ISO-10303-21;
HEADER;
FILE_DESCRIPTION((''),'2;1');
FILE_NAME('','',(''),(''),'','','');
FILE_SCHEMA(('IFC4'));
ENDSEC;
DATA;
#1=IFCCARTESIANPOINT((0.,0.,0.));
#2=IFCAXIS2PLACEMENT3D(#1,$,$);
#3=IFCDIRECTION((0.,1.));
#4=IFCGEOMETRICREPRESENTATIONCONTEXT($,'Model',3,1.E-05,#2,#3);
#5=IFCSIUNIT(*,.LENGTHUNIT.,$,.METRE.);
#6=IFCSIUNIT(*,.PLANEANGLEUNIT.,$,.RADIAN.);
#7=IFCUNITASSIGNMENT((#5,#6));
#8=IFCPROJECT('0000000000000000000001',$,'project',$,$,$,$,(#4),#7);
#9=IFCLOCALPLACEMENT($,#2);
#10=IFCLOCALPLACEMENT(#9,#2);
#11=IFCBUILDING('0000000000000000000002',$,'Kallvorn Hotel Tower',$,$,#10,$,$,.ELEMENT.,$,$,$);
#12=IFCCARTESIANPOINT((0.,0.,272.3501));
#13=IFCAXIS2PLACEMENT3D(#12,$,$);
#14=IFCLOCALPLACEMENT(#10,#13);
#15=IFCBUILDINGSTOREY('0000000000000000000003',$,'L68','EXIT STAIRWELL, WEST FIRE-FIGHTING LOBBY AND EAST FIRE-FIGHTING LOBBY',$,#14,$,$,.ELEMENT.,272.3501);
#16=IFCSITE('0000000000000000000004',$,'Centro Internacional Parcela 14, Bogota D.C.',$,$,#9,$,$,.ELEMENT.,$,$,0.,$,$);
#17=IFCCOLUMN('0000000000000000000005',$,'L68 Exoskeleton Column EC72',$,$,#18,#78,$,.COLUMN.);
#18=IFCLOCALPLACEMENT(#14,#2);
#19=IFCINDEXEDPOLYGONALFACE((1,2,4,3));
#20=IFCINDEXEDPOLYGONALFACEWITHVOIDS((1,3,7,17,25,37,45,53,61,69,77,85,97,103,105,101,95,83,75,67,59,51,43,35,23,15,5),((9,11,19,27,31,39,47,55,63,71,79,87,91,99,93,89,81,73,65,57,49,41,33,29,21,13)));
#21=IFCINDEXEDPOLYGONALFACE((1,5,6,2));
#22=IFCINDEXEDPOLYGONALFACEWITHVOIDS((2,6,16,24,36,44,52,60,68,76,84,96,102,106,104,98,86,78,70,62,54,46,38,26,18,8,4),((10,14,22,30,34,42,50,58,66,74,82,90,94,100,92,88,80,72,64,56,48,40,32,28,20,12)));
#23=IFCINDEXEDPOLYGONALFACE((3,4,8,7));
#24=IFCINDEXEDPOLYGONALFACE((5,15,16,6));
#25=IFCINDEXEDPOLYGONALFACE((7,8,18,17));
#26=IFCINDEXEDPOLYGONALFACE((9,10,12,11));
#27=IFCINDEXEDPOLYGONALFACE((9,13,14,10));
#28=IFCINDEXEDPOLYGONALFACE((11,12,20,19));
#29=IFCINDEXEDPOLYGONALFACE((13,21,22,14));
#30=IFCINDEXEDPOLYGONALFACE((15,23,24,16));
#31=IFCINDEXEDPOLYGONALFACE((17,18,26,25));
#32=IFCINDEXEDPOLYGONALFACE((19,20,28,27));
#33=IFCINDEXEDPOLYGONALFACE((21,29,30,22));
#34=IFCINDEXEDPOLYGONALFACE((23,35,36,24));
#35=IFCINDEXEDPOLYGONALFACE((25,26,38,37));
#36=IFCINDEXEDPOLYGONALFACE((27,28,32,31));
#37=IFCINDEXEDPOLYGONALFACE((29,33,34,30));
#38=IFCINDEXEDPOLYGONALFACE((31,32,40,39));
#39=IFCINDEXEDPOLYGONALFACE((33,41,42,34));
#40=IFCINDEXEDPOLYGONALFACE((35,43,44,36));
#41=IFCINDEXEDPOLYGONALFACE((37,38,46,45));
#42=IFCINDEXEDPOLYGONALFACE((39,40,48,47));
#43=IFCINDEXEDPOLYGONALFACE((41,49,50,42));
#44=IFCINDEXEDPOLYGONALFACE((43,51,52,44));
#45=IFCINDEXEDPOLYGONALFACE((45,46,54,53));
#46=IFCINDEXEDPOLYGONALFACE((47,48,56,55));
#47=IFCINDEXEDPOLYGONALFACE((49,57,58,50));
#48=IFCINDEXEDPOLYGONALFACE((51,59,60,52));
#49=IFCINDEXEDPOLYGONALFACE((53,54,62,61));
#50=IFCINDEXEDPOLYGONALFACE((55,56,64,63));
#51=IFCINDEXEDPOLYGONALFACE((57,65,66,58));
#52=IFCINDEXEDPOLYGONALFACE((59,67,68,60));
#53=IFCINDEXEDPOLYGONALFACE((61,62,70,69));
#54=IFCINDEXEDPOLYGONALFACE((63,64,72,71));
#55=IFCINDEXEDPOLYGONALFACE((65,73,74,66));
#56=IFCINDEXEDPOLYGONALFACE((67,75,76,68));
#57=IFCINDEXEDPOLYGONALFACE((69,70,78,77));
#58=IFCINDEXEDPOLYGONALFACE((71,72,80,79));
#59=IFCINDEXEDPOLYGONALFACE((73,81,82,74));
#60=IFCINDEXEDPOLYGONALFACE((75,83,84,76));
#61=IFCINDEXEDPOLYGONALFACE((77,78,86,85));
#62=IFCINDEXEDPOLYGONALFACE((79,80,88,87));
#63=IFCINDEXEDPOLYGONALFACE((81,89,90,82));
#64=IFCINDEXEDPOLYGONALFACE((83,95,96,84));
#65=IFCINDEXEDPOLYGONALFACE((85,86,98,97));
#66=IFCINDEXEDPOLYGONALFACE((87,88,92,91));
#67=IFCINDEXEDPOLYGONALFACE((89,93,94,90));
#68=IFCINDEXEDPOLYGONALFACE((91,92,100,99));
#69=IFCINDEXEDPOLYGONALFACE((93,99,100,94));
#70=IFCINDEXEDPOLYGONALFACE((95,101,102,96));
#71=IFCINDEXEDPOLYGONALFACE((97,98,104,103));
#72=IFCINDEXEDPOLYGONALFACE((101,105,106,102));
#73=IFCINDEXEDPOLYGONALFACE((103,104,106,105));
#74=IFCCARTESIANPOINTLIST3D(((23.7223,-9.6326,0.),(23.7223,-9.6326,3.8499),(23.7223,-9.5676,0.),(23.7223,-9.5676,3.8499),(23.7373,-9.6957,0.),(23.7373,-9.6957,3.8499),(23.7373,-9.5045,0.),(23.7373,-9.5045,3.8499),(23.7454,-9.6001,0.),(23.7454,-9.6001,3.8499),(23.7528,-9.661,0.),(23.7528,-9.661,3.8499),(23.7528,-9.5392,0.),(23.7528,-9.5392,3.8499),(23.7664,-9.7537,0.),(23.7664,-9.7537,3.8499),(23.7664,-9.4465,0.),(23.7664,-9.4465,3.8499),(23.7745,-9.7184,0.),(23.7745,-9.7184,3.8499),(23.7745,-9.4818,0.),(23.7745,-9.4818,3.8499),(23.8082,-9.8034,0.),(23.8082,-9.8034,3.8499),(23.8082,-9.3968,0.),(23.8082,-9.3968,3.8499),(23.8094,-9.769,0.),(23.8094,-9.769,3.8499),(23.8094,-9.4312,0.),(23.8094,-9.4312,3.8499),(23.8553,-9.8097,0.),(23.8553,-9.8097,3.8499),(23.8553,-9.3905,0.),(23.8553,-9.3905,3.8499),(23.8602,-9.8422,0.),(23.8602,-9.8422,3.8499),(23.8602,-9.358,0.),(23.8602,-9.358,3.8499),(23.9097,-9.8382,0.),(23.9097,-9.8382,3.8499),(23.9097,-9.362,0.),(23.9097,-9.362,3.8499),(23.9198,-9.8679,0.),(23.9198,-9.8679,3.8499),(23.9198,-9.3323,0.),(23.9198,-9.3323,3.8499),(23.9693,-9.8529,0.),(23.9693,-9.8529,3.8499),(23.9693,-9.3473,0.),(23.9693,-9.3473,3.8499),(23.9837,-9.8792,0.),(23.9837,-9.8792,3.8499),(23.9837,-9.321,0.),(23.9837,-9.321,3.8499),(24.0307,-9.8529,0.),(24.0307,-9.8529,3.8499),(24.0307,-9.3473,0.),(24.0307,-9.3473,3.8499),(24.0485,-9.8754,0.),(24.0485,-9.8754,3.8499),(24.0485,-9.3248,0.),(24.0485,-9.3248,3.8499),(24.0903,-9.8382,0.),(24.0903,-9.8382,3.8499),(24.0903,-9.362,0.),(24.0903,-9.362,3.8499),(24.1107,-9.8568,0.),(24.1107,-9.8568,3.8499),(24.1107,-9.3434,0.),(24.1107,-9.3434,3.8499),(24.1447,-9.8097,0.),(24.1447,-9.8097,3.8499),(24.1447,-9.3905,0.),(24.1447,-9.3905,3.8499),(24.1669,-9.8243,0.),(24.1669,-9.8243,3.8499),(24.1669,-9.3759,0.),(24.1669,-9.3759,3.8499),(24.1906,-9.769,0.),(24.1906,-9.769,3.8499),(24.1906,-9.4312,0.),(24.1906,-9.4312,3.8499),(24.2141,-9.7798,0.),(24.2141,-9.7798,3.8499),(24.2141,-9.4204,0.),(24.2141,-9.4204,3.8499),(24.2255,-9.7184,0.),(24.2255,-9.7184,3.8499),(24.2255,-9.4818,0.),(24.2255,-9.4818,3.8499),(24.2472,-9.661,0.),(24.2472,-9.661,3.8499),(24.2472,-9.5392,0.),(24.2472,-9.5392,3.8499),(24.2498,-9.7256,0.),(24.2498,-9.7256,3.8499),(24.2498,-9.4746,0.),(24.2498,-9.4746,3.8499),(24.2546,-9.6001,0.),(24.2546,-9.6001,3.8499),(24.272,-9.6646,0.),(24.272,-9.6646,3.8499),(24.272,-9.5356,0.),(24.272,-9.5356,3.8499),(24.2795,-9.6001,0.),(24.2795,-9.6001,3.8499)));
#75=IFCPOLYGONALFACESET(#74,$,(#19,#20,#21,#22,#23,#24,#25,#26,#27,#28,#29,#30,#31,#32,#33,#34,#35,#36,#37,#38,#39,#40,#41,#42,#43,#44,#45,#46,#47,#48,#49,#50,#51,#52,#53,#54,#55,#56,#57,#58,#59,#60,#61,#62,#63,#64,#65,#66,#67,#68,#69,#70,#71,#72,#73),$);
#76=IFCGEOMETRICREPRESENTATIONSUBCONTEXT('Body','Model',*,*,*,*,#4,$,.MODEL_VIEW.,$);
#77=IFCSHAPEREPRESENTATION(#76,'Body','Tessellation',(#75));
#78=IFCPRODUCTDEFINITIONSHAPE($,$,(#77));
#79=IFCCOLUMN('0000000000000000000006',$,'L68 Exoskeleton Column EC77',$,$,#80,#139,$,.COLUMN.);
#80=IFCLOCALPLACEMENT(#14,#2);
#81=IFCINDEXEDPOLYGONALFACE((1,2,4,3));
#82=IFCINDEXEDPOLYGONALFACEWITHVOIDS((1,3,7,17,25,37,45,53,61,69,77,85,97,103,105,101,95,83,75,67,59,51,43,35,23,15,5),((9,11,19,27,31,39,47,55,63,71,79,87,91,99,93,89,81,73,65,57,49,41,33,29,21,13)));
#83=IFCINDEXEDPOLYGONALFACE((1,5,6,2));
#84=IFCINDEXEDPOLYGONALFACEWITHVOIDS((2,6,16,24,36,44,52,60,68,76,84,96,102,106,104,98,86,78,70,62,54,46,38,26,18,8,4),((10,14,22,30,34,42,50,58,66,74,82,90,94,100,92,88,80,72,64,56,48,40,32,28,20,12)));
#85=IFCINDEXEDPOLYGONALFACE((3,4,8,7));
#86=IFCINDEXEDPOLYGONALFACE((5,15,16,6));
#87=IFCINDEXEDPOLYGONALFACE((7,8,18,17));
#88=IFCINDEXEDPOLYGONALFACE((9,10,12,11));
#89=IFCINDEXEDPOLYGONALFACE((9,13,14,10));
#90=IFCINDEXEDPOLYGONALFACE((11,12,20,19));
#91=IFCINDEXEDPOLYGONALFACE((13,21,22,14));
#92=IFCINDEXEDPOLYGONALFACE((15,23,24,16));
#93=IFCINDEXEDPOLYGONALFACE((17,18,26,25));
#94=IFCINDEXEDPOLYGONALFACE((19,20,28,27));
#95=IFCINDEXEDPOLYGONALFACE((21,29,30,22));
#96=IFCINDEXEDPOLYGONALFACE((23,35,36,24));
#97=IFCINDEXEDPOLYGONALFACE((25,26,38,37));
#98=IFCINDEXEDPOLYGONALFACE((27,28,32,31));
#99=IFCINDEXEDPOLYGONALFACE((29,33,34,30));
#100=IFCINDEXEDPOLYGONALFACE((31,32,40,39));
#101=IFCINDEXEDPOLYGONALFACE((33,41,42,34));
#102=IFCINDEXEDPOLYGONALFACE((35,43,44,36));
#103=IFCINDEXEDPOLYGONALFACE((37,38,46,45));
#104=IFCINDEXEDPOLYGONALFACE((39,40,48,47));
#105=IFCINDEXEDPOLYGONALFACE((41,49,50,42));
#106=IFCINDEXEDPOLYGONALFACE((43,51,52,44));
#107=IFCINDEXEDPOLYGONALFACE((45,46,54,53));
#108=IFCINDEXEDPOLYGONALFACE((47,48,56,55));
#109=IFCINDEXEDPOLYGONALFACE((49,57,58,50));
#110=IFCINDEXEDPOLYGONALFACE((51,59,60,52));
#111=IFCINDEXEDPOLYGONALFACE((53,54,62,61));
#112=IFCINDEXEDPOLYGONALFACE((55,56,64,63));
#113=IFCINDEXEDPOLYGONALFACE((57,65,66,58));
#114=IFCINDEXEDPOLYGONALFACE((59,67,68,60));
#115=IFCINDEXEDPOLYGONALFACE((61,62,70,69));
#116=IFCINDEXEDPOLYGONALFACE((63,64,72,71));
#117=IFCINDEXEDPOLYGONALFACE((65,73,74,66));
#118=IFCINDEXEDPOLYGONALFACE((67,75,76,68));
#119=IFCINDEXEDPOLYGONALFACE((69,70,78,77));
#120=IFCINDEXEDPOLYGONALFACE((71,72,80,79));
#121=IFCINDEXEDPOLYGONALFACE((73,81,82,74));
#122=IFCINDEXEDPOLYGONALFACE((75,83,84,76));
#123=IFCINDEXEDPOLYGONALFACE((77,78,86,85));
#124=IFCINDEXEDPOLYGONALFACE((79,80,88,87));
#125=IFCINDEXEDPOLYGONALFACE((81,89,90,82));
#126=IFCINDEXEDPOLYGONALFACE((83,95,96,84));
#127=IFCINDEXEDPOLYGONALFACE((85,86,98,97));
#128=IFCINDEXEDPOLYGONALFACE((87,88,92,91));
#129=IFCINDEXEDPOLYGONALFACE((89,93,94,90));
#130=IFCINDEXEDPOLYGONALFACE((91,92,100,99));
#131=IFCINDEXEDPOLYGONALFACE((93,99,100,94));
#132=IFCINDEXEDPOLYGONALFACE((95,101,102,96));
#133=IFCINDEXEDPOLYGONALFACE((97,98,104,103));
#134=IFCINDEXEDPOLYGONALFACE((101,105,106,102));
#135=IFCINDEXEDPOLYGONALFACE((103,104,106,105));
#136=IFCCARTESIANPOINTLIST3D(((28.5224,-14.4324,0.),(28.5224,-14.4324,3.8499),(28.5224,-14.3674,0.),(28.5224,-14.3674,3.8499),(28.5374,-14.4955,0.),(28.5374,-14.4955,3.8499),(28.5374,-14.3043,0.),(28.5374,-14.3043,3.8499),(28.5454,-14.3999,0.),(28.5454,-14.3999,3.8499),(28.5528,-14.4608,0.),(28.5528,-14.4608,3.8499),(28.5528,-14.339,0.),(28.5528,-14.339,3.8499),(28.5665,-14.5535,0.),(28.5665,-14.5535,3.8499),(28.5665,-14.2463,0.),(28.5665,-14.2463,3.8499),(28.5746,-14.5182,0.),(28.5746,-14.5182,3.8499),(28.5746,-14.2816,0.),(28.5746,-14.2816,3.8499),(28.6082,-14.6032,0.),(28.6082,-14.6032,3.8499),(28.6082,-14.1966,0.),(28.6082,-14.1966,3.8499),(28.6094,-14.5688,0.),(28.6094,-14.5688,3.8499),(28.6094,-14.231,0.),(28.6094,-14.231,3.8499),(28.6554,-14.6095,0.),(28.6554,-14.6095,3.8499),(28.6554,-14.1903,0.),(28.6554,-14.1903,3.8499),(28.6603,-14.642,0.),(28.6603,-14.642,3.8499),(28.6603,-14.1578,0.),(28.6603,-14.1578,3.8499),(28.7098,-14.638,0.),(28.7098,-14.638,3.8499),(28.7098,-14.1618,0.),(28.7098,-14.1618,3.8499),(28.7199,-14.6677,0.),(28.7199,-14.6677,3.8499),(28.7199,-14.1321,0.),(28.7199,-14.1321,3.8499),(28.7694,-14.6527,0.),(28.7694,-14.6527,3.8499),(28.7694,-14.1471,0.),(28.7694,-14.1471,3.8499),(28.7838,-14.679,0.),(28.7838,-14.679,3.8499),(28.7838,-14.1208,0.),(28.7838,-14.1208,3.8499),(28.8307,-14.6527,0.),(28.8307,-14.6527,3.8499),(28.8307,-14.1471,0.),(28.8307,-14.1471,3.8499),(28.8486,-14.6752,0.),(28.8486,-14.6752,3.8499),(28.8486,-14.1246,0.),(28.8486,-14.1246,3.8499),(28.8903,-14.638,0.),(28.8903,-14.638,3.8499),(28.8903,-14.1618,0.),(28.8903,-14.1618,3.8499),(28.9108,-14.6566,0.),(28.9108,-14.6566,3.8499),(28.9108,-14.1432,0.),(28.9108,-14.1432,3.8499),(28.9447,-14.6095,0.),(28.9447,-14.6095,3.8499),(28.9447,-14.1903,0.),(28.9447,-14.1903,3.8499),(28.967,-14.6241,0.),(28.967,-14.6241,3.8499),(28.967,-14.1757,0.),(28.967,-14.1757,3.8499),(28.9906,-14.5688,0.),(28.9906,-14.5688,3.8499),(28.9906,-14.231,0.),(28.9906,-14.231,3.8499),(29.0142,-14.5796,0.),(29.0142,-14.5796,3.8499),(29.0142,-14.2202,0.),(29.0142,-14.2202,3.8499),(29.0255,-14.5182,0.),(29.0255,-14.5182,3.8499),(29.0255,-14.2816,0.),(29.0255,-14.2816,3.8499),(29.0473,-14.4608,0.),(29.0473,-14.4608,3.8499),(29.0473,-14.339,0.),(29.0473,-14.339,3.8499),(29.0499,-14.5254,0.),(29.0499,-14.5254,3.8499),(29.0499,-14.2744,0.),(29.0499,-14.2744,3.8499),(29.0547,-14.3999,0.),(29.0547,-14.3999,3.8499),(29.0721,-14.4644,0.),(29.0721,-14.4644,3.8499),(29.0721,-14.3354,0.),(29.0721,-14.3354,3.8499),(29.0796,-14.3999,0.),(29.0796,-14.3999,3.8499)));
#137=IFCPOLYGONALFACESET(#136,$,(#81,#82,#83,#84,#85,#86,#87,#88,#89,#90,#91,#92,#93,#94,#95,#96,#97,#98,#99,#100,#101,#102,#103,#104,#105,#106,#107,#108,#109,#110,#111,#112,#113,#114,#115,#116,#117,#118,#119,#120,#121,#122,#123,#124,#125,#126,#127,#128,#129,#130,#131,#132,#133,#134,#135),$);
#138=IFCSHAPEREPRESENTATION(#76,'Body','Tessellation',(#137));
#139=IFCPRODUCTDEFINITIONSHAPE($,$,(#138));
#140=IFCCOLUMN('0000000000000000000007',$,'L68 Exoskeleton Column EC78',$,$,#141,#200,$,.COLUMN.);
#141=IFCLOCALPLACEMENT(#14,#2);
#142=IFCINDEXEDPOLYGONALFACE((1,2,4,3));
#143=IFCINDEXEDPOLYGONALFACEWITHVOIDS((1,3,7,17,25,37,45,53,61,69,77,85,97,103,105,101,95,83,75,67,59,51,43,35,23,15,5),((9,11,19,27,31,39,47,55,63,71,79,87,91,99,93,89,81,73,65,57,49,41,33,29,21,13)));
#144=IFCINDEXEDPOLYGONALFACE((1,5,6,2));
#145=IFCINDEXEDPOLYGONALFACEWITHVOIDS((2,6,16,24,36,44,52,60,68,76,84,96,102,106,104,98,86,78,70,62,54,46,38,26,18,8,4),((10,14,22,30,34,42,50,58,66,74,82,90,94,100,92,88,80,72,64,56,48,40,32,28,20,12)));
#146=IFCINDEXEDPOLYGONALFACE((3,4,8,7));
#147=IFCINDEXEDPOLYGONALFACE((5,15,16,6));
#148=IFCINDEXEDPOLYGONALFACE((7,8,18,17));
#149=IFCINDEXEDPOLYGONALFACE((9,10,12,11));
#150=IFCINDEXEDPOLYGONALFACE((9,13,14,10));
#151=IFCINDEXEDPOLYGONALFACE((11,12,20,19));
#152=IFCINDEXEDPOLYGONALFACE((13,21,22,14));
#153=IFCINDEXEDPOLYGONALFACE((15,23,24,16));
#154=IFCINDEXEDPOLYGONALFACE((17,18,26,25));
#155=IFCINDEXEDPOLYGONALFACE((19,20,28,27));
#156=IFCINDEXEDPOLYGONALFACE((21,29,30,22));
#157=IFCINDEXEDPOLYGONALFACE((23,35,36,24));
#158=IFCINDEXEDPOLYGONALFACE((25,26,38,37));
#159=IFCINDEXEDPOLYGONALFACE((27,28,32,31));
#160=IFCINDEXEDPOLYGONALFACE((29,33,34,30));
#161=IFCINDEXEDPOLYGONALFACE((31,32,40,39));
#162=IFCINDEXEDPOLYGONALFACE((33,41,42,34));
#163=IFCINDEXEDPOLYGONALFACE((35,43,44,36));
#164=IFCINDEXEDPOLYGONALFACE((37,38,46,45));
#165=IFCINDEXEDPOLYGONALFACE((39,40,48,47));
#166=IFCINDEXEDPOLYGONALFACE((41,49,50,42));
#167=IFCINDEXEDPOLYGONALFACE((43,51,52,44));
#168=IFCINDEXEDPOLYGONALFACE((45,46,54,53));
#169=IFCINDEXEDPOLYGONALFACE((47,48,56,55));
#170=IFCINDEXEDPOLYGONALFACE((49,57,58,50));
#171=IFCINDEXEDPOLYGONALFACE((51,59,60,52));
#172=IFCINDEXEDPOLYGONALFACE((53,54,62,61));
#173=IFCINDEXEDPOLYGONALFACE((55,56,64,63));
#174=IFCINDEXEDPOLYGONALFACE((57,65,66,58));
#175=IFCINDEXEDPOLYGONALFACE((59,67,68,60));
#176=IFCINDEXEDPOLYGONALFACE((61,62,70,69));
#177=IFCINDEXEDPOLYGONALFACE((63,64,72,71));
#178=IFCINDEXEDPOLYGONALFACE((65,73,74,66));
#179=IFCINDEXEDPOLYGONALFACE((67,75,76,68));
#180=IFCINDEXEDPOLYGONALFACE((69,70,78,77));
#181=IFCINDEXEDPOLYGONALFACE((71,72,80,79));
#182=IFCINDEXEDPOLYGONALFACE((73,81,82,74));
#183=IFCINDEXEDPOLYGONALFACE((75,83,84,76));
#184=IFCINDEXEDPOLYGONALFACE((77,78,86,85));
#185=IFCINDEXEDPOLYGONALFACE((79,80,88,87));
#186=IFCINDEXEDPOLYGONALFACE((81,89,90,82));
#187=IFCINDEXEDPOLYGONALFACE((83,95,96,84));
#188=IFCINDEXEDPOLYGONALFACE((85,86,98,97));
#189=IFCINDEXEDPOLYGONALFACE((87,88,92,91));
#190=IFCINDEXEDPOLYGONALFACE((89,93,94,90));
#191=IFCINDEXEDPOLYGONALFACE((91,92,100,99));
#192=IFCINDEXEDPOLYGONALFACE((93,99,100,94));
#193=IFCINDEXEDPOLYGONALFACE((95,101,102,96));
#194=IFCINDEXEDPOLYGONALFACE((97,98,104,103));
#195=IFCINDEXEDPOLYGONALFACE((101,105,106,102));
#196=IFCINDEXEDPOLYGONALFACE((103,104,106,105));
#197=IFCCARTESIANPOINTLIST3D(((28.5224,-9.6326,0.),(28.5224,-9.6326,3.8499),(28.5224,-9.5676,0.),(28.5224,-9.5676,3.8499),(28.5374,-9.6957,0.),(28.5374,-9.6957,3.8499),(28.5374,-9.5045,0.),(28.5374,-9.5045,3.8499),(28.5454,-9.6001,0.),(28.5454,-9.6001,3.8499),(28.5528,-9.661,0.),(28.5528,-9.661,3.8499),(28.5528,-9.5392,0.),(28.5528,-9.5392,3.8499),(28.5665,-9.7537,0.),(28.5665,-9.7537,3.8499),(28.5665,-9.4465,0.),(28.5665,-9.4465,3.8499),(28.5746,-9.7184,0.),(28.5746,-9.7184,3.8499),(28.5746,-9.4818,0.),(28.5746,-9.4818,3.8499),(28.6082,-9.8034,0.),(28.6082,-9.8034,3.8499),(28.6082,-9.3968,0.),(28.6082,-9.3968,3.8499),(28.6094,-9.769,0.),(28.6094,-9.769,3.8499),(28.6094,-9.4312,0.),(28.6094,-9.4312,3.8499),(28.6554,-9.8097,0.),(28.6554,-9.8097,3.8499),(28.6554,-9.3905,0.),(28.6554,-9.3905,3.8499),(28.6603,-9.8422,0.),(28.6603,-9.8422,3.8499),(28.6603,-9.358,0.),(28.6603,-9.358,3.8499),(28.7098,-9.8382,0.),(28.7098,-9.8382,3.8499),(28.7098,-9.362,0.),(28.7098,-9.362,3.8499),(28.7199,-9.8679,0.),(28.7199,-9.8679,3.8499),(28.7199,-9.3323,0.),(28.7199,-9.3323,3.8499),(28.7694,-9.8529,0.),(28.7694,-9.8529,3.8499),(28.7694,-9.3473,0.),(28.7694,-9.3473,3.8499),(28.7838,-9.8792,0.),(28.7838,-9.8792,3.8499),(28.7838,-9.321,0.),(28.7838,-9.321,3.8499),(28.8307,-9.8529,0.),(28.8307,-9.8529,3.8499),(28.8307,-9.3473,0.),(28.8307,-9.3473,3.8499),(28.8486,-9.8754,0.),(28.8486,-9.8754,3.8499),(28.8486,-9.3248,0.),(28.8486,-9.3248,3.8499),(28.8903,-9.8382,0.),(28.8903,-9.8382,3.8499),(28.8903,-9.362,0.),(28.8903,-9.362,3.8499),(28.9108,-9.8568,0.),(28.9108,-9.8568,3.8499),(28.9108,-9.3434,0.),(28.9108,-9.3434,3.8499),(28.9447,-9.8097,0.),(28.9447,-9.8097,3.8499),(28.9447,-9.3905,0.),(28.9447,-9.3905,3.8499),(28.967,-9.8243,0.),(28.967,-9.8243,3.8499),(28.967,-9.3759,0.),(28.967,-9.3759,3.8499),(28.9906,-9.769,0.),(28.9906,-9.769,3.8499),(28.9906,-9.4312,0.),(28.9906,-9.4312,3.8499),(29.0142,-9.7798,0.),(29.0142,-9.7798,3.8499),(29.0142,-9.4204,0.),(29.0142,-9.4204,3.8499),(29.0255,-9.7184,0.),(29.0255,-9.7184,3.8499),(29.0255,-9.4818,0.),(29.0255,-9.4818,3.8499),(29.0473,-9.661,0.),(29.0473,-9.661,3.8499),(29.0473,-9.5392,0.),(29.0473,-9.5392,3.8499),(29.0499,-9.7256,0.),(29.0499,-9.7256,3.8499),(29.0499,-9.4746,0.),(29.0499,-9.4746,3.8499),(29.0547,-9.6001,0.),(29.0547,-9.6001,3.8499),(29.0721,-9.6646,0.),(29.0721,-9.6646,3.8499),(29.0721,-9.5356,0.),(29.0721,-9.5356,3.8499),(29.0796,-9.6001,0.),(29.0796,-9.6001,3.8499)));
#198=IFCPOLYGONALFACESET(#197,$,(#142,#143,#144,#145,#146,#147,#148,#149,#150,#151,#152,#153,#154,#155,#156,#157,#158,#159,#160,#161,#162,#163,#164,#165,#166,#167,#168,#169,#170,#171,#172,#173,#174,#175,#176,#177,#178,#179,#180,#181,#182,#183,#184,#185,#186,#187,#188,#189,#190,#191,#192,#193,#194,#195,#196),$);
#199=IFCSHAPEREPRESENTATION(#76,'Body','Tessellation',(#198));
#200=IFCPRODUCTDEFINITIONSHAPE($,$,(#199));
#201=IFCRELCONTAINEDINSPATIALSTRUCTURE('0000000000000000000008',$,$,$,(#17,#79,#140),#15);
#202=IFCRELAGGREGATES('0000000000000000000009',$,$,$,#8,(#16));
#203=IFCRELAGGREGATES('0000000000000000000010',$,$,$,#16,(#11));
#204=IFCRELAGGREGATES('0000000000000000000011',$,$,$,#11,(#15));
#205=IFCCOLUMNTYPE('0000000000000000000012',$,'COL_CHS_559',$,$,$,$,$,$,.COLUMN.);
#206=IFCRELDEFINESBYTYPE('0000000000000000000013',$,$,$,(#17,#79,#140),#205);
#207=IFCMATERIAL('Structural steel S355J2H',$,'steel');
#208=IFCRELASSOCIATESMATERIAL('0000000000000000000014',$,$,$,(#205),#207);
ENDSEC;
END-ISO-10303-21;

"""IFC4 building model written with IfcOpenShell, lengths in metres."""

from ifc_helpers import new_model, si_unit, direction, frame, origin, origin_2d, place, context, subcontext, project, spatial, hollow_circle, extrude, material, material_profile, profile_set, type_object, element, save


model = new_model("IFC4")

# Units and contexts
model_context = context("Model", 3, precision=1e-05, world=origin(), true_north=direction((0.0, 1.0)))
body_context = subcontext(model_context, "Body", "Model", "MODEL_VIEW")
ifc_project = project(units=[si_unit("LENGTHUNIT", "METRE"), si_unit("PLANEANGLEUNIT", "RADIAN")], contexts=[model_context])

# Site, building, storey
site_placement = place(None, origin())
site = spatial("IfcSite", under=ifc_project, at=site_placement, Name="Centro Internacional Parcela 14, Bogota D.C.", CompositionType="ELEMENT", RefElevation=0.0)
building_placement = place(site_placement, origin())
building = spatial("IfcBuilding", under=site, at=building_placement, Name="Kallvorn Hotel Tower", CompositionType="ELEMENT")
storey_placement = place(building_placement, frame((0.0, 0.0, 272.3501)))
storey = spatial("IfcBuildingStorey", under=building, at=storey_placement, Name="L68", Description="EXIT STAIRWELL, WEST FIRE-FIGHTING LOBBY AND EAST FIRE-FIGHTING LOBBY", CompositionType="ELEMENT", Elevation=272.3501)

# Columns
ifc_material_1 = material(Name="Structural steel S355J2H", Category="steel")
ifc_material_profile_1 = material_profile(ifc_material_1, hollow_circle(Radius=0.2795, WallThickness=0.0249, at=origin_2d()), Name="CHS 559x25")
ifc_profile_set_1 = profile_set([ifc_material_profile_1], Name="Structural steel S355J2H")
column_type_1 = type_object("IfcColumnType", Name="COL_CHS_559", PredefinedType="COLUMN", material=ifc_profile_set_1)
for number, where, z_axis, x_axis, name in (
    (1, (24.0, -9.6001, 0.0), (0.0, 0.0, 1.0), (1.0, 0.0, 0.0), "L68 Exoskeleton Column EC72"),
    (2, (28.8, -14.3999, 0.0), (0.0, 0.0, 1.0), (1.0, 0.0, 0.0), "L68 Exoskeleton Column EC77"),
    (3, (28.8, -9.6001, 0.0), (0.0, 0.0, 1.0), (1.0, 0.0, 0.0), "L68 Exoskeleton Column EC78"),
):
    element("IfcColumn", number, at=place(storey_placement, frame(where, z_axis=z_axis, x_axis=x_axis)), inside=storey, type_object=column_type_1, Name=name, PredefinedType="COLUMN", context=body_context, shape_type="SweptSolid", body=[
        extrude(hollow_circle(Radius=0.2795, WallThickness=0.0249, at=origin_2d()), origin(), (0.0, 0.0, 1.0), 3.8499),
    ])

save(model, "model.ifc")
